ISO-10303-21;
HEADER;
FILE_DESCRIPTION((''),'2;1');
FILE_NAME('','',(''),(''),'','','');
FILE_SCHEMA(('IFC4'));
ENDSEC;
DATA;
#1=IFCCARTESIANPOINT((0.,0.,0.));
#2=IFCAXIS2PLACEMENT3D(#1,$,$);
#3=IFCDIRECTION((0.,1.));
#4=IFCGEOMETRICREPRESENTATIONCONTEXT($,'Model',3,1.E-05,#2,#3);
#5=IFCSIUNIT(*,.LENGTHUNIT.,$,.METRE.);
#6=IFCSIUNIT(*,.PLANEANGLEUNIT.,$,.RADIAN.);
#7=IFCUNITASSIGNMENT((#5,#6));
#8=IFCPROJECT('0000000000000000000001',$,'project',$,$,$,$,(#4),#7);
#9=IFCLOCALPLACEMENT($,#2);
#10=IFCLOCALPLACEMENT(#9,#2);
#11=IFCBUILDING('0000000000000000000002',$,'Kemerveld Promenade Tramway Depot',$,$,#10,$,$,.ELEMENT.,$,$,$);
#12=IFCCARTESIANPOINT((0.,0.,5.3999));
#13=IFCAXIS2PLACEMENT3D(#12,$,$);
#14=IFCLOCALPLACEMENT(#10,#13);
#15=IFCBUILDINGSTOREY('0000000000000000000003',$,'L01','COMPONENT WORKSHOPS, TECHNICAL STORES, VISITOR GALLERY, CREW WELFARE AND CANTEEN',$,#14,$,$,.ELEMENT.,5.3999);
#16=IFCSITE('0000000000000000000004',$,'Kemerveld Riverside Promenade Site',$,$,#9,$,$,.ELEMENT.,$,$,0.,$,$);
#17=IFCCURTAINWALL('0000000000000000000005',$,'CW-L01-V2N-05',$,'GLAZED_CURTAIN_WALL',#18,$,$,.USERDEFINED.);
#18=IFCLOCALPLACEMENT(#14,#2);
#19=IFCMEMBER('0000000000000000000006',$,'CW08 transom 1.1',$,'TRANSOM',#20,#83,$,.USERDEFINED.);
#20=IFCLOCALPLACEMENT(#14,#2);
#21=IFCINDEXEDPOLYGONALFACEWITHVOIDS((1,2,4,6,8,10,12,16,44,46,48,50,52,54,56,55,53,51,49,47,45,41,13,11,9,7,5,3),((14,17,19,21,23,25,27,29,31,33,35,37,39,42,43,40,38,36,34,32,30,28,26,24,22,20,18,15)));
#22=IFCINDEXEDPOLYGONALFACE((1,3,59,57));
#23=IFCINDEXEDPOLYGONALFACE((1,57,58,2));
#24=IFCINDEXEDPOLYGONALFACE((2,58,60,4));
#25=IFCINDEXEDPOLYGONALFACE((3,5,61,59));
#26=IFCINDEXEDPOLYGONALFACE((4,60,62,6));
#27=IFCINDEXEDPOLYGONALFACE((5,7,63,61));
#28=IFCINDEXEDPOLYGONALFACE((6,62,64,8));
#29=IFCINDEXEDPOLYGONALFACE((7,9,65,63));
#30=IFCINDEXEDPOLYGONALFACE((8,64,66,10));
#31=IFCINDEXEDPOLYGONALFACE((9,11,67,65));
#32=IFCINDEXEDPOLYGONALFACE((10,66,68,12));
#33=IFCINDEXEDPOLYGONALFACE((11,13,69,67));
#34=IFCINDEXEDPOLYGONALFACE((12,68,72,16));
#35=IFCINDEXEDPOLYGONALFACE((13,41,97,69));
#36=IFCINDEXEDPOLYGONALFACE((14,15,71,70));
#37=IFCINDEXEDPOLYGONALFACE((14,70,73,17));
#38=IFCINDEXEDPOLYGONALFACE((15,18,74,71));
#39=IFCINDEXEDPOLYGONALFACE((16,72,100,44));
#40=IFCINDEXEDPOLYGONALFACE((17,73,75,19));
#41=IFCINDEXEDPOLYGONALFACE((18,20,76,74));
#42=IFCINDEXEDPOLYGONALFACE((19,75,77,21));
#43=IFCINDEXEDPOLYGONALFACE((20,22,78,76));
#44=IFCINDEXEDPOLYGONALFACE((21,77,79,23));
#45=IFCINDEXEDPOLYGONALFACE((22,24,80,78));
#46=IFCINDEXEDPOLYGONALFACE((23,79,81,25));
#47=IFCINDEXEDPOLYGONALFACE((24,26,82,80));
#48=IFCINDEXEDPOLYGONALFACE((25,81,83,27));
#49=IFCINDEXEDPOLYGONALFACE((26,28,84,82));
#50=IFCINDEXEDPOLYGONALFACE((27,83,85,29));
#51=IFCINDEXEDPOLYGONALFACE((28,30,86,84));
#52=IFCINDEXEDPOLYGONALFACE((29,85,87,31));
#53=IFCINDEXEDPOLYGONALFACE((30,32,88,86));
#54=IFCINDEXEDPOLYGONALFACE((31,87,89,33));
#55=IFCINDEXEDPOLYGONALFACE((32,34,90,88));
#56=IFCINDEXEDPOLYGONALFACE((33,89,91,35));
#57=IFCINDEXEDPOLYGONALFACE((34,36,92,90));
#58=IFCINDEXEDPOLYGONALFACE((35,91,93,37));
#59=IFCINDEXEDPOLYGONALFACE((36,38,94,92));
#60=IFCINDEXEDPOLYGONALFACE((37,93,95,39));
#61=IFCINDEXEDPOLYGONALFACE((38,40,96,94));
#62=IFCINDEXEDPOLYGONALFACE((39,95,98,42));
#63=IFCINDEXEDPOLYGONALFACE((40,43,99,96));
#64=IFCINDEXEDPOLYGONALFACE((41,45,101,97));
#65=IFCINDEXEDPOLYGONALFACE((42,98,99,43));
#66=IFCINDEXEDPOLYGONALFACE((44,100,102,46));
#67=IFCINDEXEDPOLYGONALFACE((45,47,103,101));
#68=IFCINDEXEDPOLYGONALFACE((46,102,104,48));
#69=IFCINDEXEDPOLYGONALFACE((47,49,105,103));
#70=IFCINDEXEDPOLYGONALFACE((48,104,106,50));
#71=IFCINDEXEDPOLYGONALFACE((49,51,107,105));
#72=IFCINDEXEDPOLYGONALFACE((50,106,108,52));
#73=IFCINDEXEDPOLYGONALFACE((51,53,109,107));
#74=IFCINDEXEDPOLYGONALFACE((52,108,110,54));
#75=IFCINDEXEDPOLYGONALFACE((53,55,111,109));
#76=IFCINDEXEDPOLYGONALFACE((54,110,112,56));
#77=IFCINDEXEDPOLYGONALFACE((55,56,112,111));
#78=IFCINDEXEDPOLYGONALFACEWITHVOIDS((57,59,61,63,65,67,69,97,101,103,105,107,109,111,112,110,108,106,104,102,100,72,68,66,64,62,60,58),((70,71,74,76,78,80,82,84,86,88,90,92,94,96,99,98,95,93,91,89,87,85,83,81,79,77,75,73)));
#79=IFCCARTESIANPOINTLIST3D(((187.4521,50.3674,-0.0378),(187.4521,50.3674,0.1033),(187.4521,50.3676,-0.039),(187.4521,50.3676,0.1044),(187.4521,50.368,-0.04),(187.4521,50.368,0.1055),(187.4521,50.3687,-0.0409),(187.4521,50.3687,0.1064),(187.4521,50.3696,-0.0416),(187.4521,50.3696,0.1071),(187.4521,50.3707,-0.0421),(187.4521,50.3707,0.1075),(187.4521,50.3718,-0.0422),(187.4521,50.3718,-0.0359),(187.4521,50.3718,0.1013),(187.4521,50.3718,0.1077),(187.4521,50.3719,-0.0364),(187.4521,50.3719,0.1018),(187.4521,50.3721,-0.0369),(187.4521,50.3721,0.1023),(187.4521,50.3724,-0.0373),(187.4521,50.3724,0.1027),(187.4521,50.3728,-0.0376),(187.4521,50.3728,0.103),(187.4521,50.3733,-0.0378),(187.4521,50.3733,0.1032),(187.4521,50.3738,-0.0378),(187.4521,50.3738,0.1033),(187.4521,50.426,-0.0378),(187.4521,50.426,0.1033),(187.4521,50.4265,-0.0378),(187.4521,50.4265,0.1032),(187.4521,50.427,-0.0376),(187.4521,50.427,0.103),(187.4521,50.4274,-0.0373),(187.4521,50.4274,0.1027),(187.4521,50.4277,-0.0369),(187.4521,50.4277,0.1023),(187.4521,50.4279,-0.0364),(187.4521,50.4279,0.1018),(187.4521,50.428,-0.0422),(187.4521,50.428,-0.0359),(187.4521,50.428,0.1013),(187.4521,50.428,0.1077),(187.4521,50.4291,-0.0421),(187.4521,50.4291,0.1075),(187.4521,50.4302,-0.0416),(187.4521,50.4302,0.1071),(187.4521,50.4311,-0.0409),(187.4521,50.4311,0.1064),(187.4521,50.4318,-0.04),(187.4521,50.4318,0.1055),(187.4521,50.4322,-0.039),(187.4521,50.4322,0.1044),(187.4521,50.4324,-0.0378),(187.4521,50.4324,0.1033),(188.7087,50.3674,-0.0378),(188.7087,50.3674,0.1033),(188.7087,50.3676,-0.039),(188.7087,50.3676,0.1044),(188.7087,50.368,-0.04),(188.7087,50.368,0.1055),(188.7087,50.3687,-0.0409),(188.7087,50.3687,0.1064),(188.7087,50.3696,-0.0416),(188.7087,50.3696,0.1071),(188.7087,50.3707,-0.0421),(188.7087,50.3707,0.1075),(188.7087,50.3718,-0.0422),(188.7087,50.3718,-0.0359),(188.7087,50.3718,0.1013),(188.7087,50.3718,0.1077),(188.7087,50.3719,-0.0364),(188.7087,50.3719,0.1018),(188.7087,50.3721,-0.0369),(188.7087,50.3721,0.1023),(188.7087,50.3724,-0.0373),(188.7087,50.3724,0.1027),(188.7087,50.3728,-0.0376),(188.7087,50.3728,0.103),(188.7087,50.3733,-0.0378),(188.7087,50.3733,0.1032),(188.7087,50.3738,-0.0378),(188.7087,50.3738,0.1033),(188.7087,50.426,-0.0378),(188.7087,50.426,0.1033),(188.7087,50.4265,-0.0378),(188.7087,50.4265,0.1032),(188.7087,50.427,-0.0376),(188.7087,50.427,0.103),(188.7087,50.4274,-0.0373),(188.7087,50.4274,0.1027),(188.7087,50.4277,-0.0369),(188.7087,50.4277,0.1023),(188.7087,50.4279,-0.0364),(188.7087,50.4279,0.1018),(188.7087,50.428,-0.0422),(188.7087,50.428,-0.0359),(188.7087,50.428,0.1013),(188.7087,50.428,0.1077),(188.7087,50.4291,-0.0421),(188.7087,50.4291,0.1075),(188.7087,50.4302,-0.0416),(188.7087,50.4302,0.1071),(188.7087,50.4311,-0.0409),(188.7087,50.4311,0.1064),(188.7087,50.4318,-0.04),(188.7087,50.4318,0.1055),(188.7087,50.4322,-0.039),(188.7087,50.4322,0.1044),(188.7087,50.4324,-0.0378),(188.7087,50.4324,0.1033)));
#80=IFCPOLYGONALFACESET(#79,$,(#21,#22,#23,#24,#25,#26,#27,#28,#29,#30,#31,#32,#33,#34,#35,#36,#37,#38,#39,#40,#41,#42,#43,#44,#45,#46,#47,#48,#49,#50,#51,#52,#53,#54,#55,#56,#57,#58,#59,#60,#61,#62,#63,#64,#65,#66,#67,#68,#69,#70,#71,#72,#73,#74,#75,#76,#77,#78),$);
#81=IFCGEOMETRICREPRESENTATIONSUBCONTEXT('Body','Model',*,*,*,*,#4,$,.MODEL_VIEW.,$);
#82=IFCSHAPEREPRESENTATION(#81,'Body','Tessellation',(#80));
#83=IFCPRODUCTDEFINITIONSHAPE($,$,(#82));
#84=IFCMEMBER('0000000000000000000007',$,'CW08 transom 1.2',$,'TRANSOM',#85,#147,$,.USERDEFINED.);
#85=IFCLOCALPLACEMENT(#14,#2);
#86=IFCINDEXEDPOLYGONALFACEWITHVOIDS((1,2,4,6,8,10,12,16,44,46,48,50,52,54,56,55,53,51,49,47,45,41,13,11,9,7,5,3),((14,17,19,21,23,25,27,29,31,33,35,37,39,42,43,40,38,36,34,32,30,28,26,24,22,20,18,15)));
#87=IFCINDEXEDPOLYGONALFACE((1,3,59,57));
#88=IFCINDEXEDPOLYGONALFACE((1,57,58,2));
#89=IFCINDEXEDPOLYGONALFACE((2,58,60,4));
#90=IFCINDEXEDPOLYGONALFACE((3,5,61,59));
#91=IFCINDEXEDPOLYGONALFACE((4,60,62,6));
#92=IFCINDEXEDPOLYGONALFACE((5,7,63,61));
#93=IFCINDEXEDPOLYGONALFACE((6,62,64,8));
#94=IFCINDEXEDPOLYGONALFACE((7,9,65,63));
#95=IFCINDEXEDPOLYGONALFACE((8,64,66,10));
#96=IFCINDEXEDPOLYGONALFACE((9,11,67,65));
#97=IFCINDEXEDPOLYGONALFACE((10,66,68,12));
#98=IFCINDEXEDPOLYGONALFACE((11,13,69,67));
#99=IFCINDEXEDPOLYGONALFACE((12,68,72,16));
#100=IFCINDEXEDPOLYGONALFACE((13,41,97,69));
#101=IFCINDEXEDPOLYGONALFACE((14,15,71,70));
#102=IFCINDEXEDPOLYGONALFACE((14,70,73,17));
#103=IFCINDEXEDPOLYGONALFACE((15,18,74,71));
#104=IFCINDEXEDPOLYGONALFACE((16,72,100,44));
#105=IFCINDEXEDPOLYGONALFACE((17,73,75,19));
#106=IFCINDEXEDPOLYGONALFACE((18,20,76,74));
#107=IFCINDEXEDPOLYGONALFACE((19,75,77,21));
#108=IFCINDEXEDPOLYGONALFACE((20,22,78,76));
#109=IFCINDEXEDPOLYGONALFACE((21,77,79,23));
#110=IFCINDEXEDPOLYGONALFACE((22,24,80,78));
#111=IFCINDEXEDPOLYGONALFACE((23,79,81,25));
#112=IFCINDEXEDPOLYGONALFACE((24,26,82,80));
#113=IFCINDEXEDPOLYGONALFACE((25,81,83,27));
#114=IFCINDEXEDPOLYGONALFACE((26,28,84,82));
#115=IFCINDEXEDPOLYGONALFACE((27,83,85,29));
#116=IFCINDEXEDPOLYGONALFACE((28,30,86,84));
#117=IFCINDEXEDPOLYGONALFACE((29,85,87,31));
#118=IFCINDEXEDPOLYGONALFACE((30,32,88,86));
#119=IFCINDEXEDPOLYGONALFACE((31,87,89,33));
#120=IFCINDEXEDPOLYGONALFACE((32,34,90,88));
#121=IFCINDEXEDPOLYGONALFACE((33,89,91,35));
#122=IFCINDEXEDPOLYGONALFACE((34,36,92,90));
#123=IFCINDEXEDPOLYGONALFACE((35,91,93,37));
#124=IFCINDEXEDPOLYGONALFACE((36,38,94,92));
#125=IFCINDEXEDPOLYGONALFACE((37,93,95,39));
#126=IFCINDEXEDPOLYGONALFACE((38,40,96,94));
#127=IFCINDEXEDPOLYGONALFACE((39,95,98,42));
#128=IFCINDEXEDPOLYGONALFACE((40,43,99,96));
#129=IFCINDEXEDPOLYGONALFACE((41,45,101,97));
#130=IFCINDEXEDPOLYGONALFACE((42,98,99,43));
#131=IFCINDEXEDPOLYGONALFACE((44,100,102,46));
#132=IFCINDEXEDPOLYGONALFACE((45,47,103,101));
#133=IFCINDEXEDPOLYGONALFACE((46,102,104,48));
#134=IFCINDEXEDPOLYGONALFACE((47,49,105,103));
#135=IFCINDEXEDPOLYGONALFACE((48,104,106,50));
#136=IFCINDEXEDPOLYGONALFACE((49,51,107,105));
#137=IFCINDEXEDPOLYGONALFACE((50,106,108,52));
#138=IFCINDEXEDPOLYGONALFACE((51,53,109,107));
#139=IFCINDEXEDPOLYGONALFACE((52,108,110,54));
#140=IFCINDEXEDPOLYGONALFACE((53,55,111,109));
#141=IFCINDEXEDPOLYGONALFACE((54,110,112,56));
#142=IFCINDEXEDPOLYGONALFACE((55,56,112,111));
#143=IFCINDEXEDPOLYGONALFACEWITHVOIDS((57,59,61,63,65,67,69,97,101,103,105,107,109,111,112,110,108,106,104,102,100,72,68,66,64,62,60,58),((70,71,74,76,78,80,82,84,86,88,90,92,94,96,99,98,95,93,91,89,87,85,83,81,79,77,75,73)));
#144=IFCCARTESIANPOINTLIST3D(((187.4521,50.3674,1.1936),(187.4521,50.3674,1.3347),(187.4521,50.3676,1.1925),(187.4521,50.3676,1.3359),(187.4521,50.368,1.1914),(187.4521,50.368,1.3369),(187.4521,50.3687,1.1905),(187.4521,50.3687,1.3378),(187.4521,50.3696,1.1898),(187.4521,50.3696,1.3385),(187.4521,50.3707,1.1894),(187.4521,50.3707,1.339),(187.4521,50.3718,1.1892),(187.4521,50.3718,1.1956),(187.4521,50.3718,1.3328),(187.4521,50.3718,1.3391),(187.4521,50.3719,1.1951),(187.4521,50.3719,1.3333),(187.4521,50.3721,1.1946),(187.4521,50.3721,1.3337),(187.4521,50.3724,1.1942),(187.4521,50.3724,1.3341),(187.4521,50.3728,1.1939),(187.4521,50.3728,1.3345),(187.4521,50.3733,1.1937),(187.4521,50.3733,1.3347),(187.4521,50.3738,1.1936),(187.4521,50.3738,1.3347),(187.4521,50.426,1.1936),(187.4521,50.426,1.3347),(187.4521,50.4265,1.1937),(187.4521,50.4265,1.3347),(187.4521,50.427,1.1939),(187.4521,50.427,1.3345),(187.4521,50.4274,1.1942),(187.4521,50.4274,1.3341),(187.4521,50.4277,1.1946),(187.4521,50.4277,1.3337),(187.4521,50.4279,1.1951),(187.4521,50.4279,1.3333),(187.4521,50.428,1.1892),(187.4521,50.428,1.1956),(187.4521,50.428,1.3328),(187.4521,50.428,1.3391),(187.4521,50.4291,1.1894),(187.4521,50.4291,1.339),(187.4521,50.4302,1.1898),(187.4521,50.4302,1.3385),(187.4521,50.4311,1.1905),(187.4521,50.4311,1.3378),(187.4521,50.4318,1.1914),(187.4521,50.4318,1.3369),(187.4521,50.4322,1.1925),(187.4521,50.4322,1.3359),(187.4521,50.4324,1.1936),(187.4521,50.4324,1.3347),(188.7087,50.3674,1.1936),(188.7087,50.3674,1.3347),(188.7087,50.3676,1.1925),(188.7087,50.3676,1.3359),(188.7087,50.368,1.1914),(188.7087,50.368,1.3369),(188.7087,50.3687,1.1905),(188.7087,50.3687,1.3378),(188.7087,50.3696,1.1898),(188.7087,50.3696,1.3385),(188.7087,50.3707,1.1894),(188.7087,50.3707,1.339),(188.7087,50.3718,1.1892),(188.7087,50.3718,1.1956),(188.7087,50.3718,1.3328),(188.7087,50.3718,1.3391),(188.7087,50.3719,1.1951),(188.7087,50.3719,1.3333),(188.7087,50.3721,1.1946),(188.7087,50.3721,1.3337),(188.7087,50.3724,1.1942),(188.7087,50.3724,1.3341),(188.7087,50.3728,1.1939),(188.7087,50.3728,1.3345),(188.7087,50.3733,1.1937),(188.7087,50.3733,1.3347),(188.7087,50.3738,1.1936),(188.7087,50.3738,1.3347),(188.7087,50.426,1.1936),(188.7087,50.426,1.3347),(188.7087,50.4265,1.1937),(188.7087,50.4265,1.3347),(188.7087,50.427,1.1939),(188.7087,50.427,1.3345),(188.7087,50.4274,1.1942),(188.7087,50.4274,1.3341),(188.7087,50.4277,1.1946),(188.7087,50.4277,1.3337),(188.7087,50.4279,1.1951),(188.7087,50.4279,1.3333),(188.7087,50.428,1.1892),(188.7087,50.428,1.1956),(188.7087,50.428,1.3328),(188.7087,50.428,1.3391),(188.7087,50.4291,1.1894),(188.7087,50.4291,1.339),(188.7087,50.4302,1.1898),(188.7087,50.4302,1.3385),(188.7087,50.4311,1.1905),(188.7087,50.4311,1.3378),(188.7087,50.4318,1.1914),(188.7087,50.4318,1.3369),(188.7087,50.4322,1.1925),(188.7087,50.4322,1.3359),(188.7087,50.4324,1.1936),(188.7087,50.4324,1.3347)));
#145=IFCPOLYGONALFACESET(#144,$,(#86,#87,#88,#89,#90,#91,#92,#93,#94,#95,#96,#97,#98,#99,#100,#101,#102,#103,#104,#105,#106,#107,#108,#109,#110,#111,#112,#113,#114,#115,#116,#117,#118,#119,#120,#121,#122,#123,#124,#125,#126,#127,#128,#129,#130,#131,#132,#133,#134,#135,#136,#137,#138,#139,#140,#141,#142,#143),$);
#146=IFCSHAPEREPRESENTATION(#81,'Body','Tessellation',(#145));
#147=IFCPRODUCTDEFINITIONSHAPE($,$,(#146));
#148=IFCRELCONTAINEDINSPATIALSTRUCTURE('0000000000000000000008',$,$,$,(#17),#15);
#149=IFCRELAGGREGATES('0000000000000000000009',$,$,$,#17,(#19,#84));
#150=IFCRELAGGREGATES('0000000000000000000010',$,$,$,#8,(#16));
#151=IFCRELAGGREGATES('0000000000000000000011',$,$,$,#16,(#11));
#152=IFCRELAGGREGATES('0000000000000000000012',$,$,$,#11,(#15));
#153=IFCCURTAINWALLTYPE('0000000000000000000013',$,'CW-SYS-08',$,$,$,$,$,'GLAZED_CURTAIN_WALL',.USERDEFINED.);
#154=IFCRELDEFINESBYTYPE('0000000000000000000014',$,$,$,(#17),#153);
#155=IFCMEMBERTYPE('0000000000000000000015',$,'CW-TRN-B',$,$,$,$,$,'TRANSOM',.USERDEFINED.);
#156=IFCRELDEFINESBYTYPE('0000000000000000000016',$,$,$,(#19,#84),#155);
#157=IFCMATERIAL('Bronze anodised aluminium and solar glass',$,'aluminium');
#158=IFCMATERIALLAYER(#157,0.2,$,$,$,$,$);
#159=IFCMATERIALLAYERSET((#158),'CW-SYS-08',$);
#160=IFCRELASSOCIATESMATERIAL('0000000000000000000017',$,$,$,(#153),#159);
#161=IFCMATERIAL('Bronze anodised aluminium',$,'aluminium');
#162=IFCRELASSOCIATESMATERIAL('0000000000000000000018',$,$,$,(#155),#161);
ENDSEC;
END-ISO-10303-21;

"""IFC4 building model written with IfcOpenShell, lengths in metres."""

from ifc_helpers import new_model, si_unit, direction, frame, origin, origin_2d, place, context, subcontext, project, spatial, hollow_rectangle, extrude, material, layer, layer_set, material_profile, profile_set, type_object, element, aggregate, save


model = new_model("IFC4")

# Units and contexts
model_context = context("Model", 3, precision=1e-05, world=origin(), true_north=direction((0.0, 1.0)))
body_context = subcontext(model_context, "Body", "Model", "MODEL_VIEW")
ifc_project = project(units=[si_unit("LENGTHUNIT", "METRE"), si_unit("PLANEANGLEUNIT", "RADIAN")], contexts=[model_context])

# Site, building, storey
site_placement = place(None, origin())
site = spatial("IfcSite", under=ifc_project, at=site_placement, Name="Kemerveld Riverside Promenade Site", CompositionType="ELEMENT", RefElevation=0.0)
building_placement = place(site_placement, origin())
building = spatial("IfcBuilding", under=site, at=building_placement, Name="Kemerveld Promenade Tramway Depot", CompositionType="ELEMENT")
storey_placement = place(building_placement, frame((0.0, 0.0, 5.3999)))
storey = spatial("IfcBuildingStorey", under=building, at=storey_placement, Name="L01", Description="COMPONENT WORKSHOPS, TECHNICAL STORES, VISITOR GALLERY, CREW WELFARE AND CANTEEN", CompositionType="ELEMENT", Elevation=5.3999)

# Curtain wall
ifc_material_1 = material(Name="Bronze anodised aluminium and solar glass", Category="aluminium")
ifc_material_2 = material(Name="Bronze anodised aluminium", Category="aluminium")
ifc_layer_1 = layer(ifc_material_1, 0.2)
ifc_layer_set_1 = layer_set([ifc_layer_1], Name="CW-SYS-08")
curtain_wall_type_1 = type_object("IfcCurtainWallType", Name="CW-SYS-08", ElementType="GLAZED_CURTAIN_WALL", PredefinedType="USERDEFINED", material=ifc_layer_set_1)
curtain_wall_1_placement = place(storey_placement, origin())
curtain_wall_1 = element("IfcCurtainWall", 1, at=curtain_wall_1_placement, inside=storey, type_object=curtain_wall_type_1, Name="CW-L01-V2N-05", ObjectType="GLAZED_CURTAIN_WALL", PredefinedType="USERDEFINED")

# Members
ifc_material_profile_1 = material_profile(ifc_material_2, hollow_rectangle(XDim=0.0649, YDim=0.1499, WallThickness=0.0044, InnerFilletRadius=0.002, OuterFilletRadius=0.0044, at=origin_2d()), Name="CW-TRN-150x65")
ifc_profile_set_1 = profile_set([ifc_material_profile_1], Name="Bronze anodised aluminium")
member_type_1 = type_object("IfcMemberType", Name="CW-TRN-B", ElementType="TRANSOM", PredefinedType="USERDEFINED", material=ifc_profile_set_1)
member_1_placement = place(storey_placement, frame((187.4521, 50.3999, 0.0327), z_axis=(1.0, 0.0, 0.0), x_axis=(0.0, 1.0, 0.0)))
member_1 = element("IfcMember", 2, at=member_1_placement, type_object=member_type_1, Name="CW08 transom 1.1", ObjectType="TRANSOM", PredefinedType="USERDEFINED", context=body_context, shape_type="SweptSolid", body=[
    extrude(hollow_rectangle(XDim=0.0649, YDim=0.1499, WallThickness=0.0044, InnerFilletRadius=0.002, OuterFilletRadius=0.0044, at=origin_2d()), origin(), (0.0, 0.0, 1.0), 1.2566),
])
member_2_placement = place(storey_placement, frame((187.4521, 50.3999, 1.2642), z_axis=(1.0, 0.0, 0.0), x_axis=(0.0, 1.0, 0.0)))
member_2 = element("IfcMember", 3, at=member_2_placement, type_object=member_type_1, Name="CW08 transom 1.2", ObjectType="TRANSOM", PredefinedType="USERDEFINED", context=body_context, shape_type="SweptSolid", body=[
    extrude(hollow_rectangle(XDim=0.0649, YDim=0.1499, WallThickness=0.0044, InnerFilletRadius=0.002, OuterFilletRadius=0.0044, at=origin_2d()), origin(), (0.0, 0.0, 1.0), 1.2566),
])

aggregate(curtain_wall_1, [member_1, member_2])

save(model, "model.ifc")
